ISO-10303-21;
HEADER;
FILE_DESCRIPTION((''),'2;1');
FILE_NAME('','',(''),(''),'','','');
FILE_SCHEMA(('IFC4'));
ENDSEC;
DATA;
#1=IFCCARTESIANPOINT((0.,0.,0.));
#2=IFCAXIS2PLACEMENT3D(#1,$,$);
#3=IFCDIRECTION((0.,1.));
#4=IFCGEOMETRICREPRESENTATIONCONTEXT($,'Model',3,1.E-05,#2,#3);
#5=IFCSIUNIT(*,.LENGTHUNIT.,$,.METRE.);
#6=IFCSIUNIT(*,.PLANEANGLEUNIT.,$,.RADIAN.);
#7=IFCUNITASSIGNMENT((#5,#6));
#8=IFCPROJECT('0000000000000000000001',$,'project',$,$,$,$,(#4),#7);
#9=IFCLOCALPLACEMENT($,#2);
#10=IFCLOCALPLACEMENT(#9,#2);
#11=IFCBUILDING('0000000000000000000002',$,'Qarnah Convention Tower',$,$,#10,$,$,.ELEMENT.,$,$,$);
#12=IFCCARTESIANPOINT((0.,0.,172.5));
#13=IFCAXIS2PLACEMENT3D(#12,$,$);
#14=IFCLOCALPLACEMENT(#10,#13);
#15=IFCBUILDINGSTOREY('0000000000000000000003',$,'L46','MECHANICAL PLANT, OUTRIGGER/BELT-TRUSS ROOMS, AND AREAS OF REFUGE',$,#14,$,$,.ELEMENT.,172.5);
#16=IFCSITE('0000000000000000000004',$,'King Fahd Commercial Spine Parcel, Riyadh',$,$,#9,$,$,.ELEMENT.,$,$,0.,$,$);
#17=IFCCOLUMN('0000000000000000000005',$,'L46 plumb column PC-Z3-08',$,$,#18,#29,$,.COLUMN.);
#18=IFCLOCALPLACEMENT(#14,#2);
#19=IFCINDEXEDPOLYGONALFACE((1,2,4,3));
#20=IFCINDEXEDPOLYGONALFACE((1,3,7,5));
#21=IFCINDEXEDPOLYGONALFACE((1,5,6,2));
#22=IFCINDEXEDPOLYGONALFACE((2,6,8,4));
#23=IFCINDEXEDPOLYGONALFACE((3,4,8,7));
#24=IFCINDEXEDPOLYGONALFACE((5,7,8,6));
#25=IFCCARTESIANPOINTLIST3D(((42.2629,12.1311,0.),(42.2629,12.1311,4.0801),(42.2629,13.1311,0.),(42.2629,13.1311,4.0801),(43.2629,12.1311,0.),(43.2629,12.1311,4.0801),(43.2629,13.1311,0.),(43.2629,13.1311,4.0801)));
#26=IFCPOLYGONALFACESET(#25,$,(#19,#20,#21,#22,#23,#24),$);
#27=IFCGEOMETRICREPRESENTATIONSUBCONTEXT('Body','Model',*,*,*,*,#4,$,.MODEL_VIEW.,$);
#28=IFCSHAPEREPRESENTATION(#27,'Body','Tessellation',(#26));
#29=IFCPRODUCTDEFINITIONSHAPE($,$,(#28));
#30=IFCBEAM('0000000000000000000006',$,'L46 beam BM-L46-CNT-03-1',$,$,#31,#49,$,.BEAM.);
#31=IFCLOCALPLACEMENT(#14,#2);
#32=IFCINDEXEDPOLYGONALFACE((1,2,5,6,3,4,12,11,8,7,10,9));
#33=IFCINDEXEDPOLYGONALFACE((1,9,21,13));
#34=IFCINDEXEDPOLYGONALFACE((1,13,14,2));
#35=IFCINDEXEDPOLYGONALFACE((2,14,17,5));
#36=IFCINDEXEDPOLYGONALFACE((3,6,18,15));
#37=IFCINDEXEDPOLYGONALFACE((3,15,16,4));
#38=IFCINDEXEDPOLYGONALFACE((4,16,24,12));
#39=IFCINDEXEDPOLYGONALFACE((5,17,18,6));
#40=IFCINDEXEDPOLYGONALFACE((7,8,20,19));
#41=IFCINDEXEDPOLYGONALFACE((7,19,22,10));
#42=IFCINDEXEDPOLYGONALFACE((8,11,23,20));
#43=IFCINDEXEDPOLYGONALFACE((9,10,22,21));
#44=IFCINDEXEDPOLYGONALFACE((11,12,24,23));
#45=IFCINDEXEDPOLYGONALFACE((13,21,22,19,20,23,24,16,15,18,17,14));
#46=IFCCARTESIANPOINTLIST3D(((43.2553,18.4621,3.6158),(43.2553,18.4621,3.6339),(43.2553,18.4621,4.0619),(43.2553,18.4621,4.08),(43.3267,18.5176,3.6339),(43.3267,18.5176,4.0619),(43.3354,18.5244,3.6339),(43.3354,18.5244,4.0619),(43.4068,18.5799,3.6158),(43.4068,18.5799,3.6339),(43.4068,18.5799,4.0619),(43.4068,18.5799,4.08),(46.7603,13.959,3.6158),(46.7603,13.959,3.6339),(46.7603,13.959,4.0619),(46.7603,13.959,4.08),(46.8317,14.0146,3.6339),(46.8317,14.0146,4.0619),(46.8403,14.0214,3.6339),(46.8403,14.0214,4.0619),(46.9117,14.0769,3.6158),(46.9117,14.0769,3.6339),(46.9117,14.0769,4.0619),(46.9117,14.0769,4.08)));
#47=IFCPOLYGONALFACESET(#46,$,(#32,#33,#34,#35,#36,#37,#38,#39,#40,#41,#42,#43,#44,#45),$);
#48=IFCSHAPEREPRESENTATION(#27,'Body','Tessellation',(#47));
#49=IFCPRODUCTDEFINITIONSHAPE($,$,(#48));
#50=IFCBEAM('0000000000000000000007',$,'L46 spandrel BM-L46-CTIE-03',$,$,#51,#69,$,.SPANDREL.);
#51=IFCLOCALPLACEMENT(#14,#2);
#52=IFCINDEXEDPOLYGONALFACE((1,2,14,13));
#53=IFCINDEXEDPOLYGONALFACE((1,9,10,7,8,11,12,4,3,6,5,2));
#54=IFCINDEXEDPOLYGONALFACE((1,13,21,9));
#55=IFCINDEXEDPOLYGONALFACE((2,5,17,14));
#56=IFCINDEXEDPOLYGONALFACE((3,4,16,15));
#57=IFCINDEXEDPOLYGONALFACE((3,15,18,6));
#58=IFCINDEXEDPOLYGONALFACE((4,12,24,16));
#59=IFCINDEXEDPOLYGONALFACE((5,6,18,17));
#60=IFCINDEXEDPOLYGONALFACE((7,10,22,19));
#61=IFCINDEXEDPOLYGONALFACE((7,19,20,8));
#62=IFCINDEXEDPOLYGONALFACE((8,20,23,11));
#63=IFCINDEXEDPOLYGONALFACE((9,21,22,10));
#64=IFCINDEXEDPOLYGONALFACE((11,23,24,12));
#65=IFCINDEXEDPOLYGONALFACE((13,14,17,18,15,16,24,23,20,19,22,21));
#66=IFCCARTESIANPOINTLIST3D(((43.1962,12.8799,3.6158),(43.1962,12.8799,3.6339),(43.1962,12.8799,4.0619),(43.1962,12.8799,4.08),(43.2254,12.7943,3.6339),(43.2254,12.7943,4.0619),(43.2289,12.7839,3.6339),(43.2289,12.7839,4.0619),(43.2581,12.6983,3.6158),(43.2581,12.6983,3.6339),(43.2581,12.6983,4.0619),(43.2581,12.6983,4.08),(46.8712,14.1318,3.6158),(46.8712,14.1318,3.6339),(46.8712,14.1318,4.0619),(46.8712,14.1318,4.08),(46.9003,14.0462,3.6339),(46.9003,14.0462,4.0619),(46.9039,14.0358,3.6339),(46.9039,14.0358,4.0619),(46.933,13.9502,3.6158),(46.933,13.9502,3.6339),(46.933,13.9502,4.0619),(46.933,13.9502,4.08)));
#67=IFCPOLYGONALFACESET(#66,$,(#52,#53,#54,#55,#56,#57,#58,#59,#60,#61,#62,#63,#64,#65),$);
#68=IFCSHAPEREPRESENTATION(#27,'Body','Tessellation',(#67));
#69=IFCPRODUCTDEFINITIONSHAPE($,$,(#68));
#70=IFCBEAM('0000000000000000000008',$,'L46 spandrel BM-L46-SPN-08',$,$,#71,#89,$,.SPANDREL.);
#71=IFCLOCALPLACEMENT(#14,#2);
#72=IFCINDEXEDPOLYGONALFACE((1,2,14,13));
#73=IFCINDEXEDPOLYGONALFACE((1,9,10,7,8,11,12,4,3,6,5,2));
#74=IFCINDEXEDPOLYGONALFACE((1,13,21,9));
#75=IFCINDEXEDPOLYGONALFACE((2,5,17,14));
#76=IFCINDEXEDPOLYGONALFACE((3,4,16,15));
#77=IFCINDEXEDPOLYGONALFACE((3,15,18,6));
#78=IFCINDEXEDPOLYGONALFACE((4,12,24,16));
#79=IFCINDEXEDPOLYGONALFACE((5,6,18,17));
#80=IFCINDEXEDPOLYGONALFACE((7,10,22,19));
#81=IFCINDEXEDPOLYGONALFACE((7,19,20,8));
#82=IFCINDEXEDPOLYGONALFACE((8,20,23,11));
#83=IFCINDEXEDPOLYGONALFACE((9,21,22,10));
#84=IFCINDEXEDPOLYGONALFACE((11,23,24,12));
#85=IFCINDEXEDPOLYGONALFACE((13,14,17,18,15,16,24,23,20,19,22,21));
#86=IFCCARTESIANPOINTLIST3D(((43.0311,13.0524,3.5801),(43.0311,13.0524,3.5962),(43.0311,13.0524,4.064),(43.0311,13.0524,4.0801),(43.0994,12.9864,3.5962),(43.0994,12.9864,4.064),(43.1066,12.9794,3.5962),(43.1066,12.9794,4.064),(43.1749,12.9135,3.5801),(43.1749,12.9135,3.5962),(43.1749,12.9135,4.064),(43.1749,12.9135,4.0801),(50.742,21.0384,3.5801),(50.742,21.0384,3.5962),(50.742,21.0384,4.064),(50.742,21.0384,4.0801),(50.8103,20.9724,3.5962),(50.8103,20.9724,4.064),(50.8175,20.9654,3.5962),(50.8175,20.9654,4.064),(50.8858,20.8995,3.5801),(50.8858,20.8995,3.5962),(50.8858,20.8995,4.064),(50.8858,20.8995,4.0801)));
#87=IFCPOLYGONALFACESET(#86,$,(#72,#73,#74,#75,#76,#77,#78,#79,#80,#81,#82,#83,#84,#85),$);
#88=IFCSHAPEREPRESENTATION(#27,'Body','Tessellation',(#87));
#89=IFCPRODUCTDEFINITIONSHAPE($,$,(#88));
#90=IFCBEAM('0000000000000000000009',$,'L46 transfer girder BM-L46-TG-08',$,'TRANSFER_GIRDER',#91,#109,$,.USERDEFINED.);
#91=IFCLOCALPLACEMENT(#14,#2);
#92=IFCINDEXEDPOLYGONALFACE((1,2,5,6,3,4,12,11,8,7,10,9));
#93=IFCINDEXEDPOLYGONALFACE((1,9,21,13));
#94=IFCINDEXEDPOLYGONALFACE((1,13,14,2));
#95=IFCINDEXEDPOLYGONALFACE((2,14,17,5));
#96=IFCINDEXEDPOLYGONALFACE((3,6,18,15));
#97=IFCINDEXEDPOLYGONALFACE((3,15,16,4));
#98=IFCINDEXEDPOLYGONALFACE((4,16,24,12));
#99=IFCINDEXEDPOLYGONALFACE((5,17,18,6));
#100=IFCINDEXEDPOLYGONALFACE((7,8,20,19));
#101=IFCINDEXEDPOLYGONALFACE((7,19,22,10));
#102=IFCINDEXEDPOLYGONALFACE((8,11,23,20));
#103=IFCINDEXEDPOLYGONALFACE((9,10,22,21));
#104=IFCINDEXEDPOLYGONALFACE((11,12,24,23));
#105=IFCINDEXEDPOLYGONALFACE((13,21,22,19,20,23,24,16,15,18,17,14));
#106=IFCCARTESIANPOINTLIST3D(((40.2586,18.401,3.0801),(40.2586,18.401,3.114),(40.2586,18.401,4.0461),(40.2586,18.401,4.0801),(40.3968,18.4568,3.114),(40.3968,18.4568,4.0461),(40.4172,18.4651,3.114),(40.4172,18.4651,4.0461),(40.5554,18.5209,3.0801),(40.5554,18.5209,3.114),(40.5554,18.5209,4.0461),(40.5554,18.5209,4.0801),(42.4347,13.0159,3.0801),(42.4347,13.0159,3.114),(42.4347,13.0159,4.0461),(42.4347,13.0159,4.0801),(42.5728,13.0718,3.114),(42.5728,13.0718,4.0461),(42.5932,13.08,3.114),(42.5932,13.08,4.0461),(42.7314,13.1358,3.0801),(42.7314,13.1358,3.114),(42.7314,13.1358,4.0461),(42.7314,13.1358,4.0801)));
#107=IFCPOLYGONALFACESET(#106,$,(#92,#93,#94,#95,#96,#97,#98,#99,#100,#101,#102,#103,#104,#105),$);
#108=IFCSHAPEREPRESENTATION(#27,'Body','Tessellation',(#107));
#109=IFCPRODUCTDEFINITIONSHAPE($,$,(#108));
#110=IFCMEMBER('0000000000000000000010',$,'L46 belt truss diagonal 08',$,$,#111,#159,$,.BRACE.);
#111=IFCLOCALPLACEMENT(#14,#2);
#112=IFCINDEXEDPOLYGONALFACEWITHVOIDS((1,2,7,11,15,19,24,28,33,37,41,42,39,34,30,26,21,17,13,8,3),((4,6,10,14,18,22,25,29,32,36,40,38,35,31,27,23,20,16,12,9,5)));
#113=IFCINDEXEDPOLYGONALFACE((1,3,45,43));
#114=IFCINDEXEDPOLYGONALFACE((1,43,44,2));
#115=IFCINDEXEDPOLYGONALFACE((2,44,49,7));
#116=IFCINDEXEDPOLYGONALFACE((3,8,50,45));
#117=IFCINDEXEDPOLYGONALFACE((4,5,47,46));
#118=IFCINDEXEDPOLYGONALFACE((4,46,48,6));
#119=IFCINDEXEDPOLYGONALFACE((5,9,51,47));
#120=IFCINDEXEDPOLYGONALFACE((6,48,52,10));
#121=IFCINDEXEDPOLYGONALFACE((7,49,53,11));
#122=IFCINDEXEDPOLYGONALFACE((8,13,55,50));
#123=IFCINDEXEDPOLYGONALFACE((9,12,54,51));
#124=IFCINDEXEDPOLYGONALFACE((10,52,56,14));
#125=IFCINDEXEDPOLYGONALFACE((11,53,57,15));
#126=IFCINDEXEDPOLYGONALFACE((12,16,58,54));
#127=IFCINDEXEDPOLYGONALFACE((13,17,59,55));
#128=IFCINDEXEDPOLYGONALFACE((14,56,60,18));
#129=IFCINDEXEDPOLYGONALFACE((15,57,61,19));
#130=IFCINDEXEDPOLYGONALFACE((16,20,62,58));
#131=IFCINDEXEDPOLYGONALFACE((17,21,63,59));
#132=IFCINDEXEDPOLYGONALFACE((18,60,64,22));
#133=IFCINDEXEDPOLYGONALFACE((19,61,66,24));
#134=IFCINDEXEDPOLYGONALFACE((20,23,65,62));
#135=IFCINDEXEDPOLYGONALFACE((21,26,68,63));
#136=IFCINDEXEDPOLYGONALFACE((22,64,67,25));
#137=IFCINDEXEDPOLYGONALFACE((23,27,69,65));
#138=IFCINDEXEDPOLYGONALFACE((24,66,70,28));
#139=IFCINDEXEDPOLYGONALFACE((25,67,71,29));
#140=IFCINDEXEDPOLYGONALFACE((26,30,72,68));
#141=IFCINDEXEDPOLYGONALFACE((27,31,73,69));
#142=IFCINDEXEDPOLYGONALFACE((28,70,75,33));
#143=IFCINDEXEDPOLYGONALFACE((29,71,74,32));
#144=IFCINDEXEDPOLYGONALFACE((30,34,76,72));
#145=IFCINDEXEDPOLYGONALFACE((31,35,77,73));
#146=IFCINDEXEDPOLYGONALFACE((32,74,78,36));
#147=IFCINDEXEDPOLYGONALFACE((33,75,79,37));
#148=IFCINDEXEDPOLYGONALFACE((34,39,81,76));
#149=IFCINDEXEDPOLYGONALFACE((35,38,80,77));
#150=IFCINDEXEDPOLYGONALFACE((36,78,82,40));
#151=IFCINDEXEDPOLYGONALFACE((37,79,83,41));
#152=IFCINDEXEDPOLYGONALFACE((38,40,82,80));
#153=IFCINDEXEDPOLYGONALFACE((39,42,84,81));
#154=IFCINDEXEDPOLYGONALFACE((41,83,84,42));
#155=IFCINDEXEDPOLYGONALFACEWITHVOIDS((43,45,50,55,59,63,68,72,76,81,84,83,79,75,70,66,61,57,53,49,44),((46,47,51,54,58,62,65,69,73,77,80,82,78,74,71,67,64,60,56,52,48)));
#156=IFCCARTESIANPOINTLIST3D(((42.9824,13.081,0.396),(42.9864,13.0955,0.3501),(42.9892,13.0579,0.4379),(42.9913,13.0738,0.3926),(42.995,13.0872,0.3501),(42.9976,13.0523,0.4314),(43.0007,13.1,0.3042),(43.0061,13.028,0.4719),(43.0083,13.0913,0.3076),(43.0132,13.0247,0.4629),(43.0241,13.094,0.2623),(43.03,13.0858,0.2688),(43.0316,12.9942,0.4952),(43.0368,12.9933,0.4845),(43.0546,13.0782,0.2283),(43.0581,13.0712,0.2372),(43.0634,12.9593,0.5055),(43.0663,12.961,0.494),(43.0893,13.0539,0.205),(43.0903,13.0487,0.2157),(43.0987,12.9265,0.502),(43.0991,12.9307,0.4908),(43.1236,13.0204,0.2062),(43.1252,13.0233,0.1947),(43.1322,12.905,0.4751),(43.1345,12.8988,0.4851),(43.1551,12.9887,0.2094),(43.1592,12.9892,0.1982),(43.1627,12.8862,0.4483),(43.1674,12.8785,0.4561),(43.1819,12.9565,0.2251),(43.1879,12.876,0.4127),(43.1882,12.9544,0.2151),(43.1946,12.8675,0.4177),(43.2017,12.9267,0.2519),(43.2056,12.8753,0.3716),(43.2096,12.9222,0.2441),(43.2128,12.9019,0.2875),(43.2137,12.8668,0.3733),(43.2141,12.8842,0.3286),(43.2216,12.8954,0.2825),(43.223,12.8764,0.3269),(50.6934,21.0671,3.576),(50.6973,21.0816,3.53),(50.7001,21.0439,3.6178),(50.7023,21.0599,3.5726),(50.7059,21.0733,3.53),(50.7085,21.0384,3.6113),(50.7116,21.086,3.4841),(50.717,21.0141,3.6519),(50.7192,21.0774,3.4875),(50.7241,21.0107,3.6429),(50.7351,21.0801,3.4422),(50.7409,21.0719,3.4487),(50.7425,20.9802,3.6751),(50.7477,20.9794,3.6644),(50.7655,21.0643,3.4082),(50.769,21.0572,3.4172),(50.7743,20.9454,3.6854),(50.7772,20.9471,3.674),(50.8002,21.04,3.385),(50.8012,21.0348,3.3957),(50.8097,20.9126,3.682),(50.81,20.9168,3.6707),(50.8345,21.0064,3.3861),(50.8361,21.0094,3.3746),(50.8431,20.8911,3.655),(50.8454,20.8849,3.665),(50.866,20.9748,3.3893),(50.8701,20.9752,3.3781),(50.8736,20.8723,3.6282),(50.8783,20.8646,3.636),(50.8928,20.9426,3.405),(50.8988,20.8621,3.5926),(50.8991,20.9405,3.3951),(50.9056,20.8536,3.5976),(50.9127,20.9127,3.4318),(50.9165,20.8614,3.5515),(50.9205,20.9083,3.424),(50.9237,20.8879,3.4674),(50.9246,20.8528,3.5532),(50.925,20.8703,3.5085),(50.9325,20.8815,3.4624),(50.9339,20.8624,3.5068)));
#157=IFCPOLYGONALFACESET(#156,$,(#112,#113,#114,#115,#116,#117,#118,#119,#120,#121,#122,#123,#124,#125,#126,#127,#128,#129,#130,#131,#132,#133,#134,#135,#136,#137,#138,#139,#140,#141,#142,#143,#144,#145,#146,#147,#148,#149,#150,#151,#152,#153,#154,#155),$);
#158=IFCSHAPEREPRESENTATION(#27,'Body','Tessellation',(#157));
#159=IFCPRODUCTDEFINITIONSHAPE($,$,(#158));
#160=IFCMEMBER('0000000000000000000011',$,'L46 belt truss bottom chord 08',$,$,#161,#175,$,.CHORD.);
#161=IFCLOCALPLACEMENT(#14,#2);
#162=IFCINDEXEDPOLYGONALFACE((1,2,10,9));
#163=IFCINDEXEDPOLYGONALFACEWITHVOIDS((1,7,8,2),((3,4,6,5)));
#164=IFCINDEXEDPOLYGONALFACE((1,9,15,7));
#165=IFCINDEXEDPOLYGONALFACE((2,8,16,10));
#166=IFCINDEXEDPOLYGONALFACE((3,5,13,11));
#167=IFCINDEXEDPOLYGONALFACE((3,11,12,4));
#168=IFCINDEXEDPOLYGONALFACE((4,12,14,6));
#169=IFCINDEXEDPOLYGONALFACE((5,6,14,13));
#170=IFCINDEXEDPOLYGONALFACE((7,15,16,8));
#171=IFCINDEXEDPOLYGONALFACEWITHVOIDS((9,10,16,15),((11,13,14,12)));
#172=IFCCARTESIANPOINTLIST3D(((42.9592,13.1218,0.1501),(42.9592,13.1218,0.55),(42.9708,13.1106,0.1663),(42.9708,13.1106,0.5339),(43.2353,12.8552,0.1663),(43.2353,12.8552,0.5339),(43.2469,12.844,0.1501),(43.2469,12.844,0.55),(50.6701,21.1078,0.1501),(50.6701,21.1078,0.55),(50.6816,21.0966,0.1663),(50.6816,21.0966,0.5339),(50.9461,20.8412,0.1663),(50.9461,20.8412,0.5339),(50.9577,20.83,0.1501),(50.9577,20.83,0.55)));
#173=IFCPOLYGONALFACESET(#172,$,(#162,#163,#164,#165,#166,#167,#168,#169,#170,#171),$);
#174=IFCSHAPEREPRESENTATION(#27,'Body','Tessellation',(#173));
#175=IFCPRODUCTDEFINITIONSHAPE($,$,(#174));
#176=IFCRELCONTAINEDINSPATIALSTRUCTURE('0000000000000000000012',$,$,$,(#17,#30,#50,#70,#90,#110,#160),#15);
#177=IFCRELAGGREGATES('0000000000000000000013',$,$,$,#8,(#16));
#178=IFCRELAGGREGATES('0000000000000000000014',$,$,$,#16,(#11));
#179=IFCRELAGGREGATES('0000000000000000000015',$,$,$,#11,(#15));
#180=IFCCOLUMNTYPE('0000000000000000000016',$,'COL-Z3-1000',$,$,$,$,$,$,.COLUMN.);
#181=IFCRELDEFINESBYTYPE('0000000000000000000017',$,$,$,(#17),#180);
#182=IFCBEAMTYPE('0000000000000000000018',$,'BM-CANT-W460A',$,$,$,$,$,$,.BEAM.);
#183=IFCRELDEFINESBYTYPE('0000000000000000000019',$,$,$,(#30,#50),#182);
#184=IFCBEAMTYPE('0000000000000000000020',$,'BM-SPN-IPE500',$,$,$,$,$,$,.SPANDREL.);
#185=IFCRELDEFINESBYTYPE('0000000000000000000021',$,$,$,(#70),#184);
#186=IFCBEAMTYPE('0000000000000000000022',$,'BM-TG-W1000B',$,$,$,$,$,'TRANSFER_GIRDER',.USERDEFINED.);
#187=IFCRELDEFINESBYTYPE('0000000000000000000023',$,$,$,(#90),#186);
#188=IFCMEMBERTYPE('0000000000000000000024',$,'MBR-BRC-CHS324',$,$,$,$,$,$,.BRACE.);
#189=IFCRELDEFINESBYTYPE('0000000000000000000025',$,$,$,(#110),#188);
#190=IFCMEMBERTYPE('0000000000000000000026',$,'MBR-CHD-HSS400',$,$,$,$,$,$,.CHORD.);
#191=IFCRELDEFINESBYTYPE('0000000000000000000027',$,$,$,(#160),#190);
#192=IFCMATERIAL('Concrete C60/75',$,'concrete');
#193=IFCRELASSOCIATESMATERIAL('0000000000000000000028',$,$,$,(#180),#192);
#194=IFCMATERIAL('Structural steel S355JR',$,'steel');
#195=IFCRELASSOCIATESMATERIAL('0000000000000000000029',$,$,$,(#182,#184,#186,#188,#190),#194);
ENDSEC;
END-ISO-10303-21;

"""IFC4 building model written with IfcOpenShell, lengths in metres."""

from ifc_helpers import new_model, si_unit, direction, frame, origin, origin_2d, place, context, subcontext, project, spatial, rectangle, hollow_rectangle, hollow_circle, i_section, extrude, material, material_profile, profile_set, type_object, element, save


model = new_model("IFC4")

# Units and contexts
model_context = context("Model", 3, precision=1e-05, world=origin(), true_north=direction((0.0, 1.0)))
body_context = subcontext(model_context, "Body", "Model", "MODEL_VIEW")
ifc_project = project(units=[si_unit("LENGTHUNIT", "METRE"), si_unit("PLANEANGLEUNIT", "RADIAN")], contexts=[model_context])

# Site, building, storey
site_placement = place(None, origin())
site = spatial("IfcSite", under=ifc_project, at=site_placement, Name="King Fahd Commercial Spine Parcel, Riyadh", CompositionType="ELEMENT", RefElevation=0.0)
building_placement = place(site_placement, origin())
building = spatial("IfcBuilding", under=site, at=building_placement, Name="Qarnah Convention Tower", CompositionType="ELEMENT")
storey_placement = place(building_placement, frame((0.0, 0.0, 172.5)))
storey = spatial("IfcBuildingStorey", under=building, at=storey_placement, Name="L46", Description="MECHANICAL PLANT, OUTRIGGER/BELT-TRUSS ROOMS, AND AREAS OF REFUGE", CompositionType="ELEMENT", Elevation=172.5)

# Column
ifc_material_1 = material(Name="Concrete C60/75", Category="concrete")
ifc_material_profile_1 = material_profile(ifc_material_1, rectangle(XDim=1.0, YDim=1.0, at=origin_2d()), Name="RC-COL-1000X1000")
ifc_profile_set_1 = profile_set([ifc_material_profile_1], Name="Concrete C60/75")
column_type = type_object("IfcColumnType", Name="COL-Z3-1000", PredefinedType="COLUMN", material=ifc_profile_set_1)
column_placement = place(storey_placement, frame((42.7629, 12.6311, 0.0), z_axis=(0.0, 0.0, 1.0), x_axis=(1.0, 0.0, 0.0)))
element("IfcColumn", 1, at=column_placement, inside=storey, type_object=column_type, Name="L46 plumb column PC-Z3-08", PredefinedType="COLUMN", context=body_context, shape_type="SweptSolid", body=[
    extrude(rectangle(XDim=1.0, YDim=1.0, at=origin_2d()), origin(), (0.0, 0.0, 1.0), 4.0801),
])

# Beams
ifc_material_2 = material(Name="Structural steel S355JR", Category="steel")
ifc_material_profile_2 = material_profile(ifc_material_2, i_section(OverallWidth=0.1919, OverallDepth=0.4641, WebThickness=0.011, FlangeThickness=0.0181, at=origin_2d()), Name="W460X89")
ifc_profile_set_2 = profile_set([ifc_material_profile_2], Name="Structural steel S355JR")
beam_type_1 = type_object("IfcBeamType", Name="BM-CANT-W460A", PredefinedType="BEAM", material=ifc_profile_set_2)
beam_1_placement = place(storey_placement, frame((43.3311, 18.521, 3.8479), z_axis=(0.614225, -0.789131, 0.0), x_axis=(0.789131, 0.614225, 0.0)))
element("IfcBeam", 2, at=beam_1_placement, inside=storey, type_object=beam_type_1, Name="L46 beam BM-L46-CNT-03-1", PredefinedType="BEAM", context=body_context, shape_type="SweptSolid", body=[
    extrude(i_section(OverallWidth=0.1919, OverallDepth=0.4641, WebThickness=0.011, FlangeThickness=0.0181, at=origin_2d()), origin(), (0.0, 0.0, 1.0), 5.7063),
])
beam_2_placement = place(storey_placement, frame((46.9021, 14.041, 3.8479), z_axis=(-0.946581, -0.322465, 0.0), x_axis=(0.322465, -0.946581, 0.0)))
element("IfcBeam", 3, at=beam_2_placement, inside=storey, type_object=beam_type_1, Name="L46 spandrel BM-L46-CTIE-03", PredefinedType="SPANDREL", context=body_context, shape_type="SweptSolid", body=[
    extrude(i_section(OverallWidth=0.1919, OverallDepth=0.4641, WebThickness=0.011, FlangeThickness=0.0181, at=origin_2d()), origin(), (0.0, 0.0, 1.0), 3.8823),
])
ifc_material_profile_3 = material_profile(ifc_material_2, i_section(OverallWidth=0.2, OverallDepth=0.5, WebThickness=0.01, FlangeThickness=0.0161, at=origin_2d()), Name="IPE500")
ifc_profile_set_3 = profile_set([ifc_material_profile_3], Name="Structural steel S355JR")
beam_type_2 = type_object("IfcBeamType", Name="BM-SPN-IPE500", PredefinedType="SPANDREL", material=ifc_profile_set_3)
beam_3_placement = place(storey_placement, frame((43.103, 12.9829, 3.8301), z_axis=(0.694606, 0.719391, 0.0), x_axis=(-0.719391, 0.694606, 0.0)))
element("IfcBeam", 4, at=beam_3_placement, inside=storey, type_object=beam_type_2, Name="L46 spandrel BM-L46-SPN-08", PredefinedType="SPANDREL", context=body_context, shape_type="SweptSolid", body=[
    extrude(i_section(OverallWidth=0.2, OverallDepth=0.5, WebThickness=0.01, FlangeThickness=0.0161, at=origin_2d()), origin(), (0.0, 0.0, 1.0), 11.1011),
])
ifc_material_profile_4 = material_profile(ifc_material_2, i_section(OverallWidth=0.3201, OverallDepth=1.0, WebThickness=0.022, FlangeThickness=0.0339, at=origin_2d()), Name="W1000X371")
ifc_profile_set_4 = profile_set([ifc_material_profile_4], Name="Structural steel S355JR")
beam_type_3 = type_object("IfcBeamType", Name="BM-TG-W1000B", ElementType="TRANSFER_GIRDER", PredefinedType="USERDEFINED", material=ifc_profile_set_4)
beam_4_placement = place(storey_placement, frame((40.407, 18.4609, 3.5801), z_axis=(0.374657, -0.927164, 0.0), x_axis=(0.927164, 0.374657, 0.0)))
element("IfcBeam", 5, at=beam_4_placement, inside=storey, type_object=beam_type_3, Name="L46 transfer girder BM-L46-TG-08", ObjectType="TRANSFER_GIRDER", PredefinedType="USERDEFINED", context=body_context, shape_type="SweptSolid", body=[
    extrude(i_section(OverallWidth=0.3201, OverallDepth=1.0, WebThickness=0.022, FlangeThickness=0.0339, at=origin_2d()), origin(), (0.0, 0.0, 1.0), 5.8081),
])

# Members
ifc_material_profile_5 = material_profile(ifc_material_2, hollow_circle(Radius=0.1621, WallThickness=0.012, at=origin_2d()), Name="CHS324X12")
ifc_profile_set_5 = profile_set([ifc_material_profile_5], Name="Structural steel S355JR")
member_type_1 = type_object("IfcMemberType", Name="MBR-BRC-CHS324", PredefinedType="BRACE", material=ifc_profile_set_5)
member_1_placement = place(storey_placement, frame((43.103, 12.9829, 0.3501), z_axis=(0.66775, 0.691577, 0.275375), x_axis=(-0.719391, 0.694606, 0.0)))
element("IfcMember", 6, at=member_1_placement, inside=storey, type_object=member_type_1, Name="L46 belt truss diagonal 08", PredefinedType="BRACE", context=body_context, shape_type="SweptSolid", body=[
    extrude(hollow_circle(Radius=0.1621, WallThickness=0.012, at=origin_2d()), origin(), (0.0, 0.0, 1.0), 11.5476),
])
ifc_material_profile_6 = material_profile(ifc_material_2, hollow_rectangle(XDim=0.3999, YDim=0.3999, WallThickness=0.0161, at=origin_2d()), Name="HSS400X400X16")
ifc_profile_set_6 = profile_set([ifc_material_profile_6], Name="Structural steel S355JR")
member_type_2 = type_object("IfcMemberType", Name="MBR-CHD-HSS400", PredefinedType="CHORD", material=ifc_profile_set_6)
member_2_placement = place(storey_placement, frame((43.103, 12.9829, 0.3501), z_axis=(0.694606, 0.719391, 0.0), x_axis=(-0.719391, 0.694606, 0.0)))
element("IfcMember", 7, at=member_2_placement, inside=storey, type_object=member_type_2, Name="L46 belt truss bottom chord 08", PredefinedType="CHORD", context=body_context, shape_type="SweptSolid", body=[
    extrude(hollow_rectangle(XDim=0.3999, YDim=0.3999, WallThickness=0.0161, at=origin_2d()), origin(), (0.0, 0.0, 1.0), 11.1011),
])

save(model, "model.ifc")
